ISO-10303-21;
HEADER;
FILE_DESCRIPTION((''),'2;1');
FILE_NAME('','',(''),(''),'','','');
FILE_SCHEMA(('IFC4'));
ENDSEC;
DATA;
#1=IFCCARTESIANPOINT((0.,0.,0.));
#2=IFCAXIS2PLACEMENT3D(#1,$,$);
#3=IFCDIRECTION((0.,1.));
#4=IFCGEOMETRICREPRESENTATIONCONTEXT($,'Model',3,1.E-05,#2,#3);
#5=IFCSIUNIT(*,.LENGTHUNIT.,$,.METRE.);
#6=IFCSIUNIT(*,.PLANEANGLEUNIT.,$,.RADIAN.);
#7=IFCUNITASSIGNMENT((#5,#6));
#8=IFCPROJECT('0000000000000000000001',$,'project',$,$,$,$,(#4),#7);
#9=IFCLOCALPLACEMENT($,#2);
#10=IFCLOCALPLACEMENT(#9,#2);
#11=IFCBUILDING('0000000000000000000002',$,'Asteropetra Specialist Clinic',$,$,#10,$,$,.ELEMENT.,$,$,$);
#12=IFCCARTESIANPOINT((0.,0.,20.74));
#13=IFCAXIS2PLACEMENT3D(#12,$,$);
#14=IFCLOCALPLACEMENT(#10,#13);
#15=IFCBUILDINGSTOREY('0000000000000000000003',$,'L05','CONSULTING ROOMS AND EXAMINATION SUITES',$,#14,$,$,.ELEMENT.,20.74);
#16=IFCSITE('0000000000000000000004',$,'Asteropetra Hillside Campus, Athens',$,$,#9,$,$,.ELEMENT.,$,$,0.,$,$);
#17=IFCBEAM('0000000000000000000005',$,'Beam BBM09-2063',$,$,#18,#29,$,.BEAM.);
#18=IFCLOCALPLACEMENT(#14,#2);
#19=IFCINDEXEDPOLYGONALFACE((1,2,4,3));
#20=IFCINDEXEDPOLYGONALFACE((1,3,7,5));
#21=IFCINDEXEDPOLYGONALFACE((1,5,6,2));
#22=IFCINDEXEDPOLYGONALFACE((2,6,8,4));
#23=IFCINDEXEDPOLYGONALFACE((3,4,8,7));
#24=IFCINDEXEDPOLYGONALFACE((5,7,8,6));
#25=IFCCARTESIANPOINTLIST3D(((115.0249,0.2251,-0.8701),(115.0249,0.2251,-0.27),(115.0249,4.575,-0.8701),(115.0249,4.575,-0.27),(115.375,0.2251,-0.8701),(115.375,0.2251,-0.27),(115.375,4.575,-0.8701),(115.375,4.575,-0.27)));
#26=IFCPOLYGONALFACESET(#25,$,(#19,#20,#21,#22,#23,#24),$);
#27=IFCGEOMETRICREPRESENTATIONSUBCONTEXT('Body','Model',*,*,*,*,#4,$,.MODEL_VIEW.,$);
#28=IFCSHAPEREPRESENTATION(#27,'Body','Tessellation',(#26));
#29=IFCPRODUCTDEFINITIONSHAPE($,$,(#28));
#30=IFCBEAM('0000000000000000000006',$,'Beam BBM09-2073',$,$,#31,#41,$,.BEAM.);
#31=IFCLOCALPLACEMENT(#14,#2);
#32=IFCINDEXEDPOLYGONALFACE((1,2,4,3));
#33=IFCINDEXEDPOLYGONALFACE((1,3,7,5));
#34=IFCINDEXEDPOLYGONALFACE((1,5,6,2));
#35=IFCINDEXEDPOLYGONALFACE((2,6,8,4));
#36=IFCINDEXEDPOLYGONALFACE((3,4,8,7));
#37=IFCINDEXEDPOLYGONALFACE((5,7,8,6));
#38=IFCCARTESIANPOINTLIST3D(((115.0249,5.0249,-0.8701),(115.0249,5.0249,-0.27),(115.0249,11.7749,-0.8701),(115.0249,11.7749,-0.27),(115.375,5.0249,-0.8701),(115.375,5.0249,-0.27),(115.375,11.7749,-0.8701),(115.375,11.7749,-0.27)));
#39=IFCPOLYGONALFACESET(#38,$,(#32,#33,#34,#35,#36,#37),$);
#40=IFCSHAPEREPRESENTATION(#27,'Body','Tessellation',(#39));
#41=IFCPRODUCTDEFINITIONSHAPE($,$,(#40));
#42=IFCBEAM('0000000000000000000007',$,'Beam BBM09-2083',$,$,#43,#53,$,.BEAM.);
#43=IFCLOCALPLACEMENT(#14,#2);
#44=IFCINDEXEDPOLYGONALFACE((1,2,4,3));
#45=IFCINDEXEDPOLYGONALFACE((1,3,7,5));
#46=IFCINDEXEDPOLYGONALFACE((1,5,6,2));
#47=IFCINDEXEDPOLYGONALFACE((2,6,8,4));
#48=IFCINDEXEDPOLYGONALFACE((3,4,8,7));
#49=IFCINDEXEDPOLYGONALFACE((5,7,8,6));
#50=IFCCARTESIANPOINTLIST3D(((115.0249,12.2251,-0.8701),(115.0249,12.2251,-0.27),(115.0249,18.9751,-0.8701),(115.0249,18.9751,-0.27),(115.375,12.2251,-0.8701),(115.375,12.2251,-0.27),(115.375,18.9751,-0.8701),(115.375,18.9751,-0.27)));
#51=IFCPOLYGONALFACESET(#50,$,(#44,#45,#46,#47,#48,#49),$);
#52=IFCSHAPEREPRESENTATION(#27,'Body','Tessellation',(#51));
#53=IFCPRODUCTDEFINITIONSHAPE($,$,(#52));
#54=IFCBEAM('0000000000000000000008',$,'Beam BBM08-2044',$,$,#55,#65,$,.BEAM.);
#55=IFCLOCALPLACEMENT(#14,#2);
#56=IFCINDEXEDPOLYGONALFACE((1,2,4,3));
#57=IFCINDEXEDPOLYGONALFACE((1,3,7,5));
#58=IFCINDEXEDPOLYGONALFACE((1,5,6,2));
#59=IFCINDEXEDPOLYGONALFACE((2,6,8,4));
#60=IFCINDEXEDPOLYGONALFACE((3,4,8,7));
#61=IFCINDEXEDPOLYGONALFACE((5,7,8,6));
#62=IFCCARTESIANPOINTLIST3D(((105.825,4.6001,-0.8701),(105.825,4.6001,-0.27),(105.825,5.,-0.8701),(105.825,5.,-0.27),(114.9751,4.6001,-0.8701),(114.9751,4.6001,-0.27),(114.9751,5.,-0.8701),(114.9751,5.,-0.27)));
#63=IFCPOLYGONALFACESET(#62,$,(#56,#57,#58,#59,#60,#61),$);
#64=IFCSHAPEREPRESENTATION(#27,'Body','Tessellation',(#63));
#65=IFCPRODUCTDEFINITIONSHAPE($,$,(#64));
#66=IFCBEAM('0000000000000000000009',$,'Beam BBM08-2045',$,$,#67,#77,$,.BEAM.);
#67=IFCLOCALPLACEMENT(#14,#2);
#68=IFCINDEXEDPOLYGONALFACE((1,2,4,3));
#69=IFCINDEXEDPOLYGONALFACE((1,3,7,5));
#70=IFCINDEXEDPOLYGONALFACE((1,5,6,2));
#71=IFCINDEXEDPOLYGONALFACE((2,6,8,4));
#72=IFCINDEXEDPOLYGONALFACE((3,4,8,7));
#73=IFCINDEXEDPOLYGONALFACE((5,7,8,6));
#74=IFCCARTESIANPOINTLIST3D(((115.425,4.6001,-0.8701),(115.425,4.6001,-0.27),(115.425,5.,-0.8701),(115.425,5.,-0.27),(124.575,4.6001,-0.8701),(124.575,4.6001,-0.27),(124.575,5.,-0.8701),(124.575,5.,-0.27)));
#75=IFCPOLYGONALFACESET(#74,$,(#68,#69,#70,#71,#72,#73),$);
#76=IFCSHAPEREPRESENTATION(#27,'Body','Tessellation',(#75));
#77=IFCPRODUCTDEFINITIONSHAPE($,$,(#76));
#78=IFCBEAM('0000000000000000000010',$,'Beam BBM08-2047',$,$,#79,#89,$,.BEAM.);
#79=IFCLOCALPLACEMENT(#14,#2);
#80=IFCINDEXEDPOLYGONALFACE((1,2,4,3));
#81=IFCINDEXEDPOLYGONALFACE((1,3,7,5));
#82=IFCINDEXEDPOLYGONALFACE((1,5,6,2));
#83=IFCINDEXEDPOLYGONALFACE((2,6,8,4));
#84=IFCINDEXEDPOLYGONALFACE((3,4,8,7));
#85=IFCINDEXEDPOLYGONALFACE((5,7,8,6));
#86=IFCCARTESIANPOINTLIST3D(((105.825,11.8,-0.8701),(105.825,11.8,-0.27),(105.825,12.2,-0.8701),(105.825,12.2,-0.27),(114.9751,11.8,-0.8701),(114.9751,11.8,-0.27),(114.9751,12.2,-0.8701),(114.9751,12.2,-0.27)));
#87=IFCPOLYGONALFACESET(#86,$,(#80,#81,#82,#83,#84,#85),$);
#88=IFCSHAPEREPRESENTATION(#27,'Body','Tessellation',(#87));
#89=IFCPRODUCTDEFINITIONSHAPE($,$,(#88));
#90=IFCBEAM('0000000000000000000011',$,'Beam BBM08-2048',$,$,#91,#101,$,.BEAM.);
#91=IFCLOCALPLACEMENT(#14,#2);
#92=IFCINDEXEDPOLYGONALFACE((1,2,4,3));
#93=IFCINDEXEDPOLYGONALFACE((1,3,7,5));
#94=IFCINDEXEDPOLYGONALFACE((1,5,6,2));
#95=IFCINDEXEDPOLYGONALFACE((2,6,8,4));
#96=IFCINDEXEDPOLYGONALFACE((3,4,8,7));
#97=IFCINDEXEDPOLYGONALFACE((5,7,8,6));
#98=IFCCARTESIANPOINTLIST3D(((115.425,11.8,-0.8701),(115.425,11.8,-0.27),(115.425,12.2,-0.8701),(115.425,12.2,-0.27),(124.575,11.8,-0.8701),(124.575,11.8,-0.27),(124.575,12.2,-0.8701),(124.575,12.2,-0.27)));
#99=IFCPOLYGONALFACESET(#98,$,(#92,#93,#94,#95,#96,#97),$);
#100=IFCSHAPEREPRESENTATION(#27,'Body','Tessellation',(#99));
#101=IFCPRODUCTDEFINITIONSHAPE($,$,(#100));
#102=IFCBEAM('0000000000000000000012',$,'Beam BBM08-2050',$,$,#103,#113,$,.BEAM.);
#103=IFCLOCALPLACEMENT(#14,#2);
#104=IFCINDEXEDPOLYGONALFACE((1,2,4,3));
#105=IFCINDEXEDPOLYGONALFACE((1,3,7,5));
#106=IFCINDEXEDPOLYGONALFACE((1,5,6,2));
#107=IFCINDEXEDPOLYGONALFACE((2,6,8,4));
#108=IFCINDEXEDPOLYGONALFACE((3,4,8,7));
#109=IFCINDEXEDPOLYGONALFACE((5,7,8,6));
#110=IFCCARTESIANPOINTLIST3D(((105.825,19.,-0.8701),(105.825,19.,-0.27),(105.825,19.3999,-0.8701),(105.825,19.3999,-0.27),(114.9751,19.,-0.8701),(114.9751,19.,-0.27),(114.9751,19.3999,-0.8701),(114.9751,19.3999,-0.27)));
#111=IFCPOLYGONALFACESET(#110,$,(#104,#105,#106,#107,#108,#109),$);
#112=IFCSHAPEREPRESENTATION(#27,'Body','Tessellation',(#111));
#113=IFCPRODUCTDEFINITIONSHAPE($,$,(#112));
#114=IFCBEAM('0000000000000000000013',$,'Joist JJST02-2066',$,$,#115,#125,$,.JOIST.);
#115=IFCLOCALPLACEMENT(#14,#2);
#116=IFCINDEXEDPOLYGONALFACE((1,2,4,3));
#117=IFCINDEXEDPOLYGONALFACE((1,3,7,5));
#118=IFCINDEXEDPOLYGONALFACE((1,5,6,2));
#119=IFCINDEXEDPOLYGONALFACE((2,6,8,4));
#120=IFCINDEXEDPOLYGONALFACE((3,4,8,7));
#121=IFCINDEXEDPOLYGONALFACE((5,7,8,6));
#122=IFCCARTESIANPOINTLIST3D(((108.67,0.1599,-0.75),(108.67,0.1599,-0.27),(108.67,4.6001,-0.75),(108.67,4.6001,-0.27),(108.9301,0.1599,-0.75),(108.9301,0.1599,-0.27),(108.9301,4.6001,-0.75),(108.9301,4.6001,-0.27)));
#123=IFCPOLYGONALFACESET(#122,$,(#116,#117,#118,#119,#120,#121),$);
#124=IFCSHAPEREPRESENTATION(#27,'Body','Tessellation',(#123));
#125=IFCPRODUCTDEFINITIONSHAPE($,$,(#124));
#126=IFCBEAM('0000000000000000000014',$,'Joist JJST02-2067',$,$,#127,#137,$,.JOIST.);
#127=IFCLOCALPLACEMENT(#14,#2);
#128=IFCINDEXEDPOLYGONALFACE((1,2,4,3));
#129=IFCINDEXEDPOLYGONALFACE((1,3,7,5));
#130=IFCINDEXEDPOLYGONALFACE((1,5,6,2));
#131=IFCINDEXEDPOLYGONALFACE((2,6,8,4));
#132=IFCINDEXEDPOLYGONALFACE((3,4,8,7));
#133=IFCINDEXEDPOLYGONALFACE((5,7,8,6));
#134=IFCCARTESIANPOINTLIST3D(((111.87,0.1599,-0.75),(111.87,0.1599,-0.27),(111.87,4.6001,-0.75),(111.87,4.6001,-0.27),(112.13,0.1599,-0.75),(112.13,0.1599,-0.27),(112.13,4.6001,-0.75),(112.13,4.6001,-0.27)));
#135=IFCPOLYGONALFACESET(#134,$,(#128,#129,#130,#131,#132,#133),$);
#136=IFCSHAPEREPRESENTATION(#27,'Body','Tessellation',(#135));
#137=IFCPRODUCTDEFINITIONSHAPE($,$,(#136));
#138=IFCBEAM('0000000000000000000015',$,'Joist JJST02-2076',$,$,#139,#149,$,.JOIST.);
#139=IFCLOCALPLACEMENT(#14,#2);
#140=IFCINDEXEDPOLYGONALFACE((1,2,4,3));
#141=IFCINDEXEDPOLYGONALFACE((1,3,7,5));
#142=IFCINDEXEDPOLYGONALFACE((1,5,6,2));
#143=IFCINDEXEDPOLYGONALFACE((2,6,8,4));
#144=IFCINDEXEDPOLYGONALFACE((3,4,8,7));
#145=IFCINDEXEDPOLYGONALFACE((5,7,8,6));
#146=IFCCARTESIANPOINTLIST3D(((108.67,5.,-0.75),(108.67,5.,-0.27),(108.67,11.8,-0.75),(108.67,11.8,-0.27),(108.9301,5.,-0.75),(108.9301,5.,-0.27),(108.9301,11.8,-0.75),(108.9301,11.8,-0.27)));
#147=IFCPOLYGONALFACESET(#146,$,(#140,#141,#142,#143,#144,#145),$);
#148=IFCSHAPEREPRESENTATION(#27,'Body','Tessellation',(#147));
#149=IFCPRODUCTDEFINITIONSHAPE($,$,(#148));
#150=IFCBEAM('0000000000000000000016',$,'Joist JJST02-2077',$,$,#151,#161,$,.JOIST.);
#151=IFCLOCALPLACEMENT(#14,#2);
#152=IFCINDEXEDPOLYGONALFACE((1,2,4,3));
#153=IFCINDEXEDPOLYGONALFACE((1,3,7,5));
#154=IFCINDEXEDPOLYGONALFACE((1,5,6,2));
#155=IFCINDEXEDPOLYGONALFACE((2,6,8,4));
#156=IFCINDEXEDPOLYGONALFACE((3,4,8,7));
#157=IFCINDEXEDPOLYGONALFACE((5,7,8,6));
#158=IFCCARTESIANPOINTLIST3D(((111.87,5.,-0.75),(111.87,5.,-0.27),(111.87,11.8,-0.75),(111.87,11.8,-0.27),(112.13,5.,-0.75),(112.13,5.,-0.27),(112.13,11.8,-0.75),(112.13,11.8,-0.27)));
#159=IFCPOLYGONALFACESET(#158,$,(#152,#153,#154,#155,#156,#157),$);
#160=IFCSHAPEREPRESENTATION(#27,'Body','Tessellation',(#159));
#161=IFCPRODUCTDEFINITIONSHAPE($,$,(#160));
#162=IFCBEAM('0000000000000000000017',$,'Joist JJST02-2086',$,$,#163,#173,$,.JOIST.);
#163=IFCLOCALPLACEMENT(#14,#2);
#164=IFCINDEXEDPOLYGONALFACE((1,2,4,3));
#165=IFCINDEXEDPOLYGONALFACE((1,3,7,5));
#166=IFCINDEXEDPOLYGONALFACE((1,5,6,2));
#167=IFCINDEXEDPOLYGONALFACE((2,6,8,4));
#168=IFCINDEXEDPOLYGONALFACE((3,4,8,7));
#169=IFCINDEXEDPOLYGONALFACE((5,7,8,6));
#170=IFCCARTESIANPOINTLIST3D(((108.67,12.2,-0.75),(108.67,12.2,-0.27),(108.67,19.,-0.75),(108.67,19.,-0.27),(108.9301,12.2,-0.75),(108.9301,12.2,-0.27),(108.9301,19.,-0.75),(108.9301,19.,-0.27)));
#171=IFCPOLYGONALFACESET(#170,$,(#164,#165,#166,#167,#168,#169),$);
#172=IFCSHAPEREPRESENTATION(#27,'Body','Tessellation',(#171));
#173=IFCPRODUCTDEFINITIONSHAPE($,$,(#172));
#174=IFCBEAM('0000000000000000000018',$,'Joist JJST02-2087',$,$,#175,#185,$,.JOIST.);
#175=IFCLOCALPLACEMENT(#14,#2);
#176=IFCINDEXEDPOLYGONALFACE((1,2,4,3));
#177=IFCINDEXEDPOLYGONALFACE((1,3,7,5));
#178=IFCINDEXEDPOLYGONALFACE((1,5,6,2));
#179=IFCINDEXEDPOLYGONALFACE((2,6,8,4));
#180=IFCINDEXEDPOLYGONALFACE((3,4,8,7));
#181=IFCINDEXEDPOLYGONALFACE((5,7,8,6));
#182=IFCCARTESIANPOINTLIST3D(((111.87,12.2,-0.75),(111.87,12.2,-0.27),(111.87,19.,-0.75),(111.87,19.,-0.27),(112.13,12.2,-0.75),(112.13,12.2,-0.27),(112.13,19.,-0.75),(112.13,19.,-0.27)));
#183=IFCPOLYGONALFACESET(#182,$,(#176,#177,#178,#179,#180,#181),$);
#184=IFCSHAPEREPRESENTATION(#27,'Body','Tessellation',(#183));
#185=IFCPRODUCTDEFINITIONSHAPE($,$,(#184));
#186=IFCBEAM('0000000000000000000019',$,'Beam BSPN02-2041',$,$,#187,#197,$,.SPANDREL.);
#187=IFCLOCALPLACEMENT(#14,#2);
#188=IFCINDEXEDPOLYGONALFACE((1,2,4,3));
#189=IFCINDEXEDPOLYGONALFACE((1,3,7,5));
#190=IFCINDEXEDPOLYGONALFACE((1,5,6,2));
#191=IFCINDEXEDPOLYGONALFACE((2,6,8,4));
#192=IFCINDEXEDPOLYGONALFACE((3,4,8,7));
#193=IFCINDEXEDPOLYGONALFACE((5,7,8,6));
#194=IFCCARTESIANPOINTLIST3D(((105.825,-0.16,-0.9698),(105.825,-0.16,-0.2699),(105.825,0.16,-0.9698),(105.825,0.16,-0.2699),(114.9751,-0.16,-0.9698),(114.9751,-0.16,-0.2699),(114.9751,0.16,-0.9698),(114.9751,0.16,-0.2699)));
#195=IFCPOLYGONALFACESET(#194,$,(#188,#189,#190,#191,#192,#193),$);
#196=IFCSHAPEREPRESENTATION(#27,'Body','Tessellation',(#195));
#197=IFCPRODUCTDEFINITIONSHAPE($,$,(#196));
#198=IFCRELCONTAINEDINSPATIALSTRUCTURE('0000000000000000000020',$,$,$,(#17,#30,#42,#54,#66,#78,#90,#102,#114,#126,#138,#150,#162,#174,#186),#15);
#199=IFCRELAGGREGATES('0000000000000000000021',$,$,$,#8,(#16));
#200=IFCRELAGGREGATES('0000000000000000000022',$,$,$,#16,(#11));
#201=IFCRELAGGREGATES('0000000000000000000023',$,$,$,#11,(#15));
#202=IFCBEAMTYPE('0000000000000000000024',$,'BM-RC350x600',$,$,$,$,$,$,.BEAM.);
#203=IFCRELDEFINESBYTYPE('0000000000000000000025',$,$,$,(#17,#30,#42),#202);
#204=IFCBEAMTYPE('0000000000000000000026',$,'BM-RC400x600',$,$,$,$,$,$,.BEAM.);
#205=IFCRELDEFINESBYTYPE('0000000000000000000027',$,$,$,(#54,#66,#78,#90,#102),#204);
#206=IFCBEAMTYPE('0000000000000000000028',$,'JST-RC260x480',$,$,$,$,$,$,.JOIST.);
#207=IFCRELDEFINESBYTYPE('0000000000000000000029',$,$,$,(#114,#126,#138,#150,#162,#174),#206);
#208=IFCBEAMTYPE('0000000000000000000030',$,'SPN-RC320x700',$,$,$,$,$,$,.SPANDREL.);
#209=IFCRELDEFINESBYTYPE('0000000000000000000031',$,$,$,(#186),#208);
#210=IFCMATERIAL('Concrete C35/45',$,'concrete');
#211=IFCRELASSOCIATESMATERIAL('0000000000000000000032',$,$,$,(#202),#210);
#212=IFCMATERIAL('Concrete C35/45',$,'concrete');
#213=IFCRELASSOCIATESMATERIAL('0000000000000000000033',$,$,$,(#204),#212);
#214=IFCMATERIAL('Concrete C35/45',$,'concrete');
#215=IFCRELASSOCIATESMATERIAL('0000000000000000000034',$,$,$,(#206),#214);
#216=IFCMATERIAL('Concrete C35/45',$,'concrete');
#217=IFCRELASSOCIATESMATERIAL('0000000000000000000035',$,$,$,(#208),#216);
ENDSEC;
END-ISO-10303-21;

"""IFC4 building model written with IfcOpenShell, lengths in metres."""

from ifc_helpers import new_model, si_unit, direction, frame, origin, origin_2d, place, context, subcontext, project, spatial, rectangle, extrude, material, material_profile, profile_set, type_object, element, save


model = new_model("IFC4")

# Units and contexts
model_context = context("Model", 3, precision=1e-05, world=origin(), true_north=direction((0.0, 1.0)))
body_context = subcontext(model_context, "Body", "Model", "MODEL_VIEW")
ifc_project = project(units=[si_unit("LENGTHUNIT", "METRE"), si_unit("PLANEANGLEUNIT", "RADIAN")], contexts=[model_context])

# Site, building, storey
site_placement = place(None, origin())
site = spatial("IfcSite", under=ifc_project, at=site_placement, Name="Asteropetra Hillside Campus, Athens", CompositionType="ELEMENT", RefElevation=0.0)
building_placement = place(site_placement, origin())
building = spatial("IfcBuilding", under=site, at=building_placement, Name="Asteropetra Specialist Clinic", CompositionType="ELEMENT")
storey_placement = place(building_placement, frame((0.0, 0.0, 20.74)))
storey = spatial("IfcBuildingStorey", under=building, at=storey_placement, Name="L05", Description="CONSULTING ROOMS AND EXAMINATION SUITES", CompositionType="ELEMENT", Elevation=20.74)

# Beams
ifc_material_1 = material(Name="Concrete C35/45", Category="concrete")
ifc_material_profile_1 = material_profile(ifc_material_1, rectangle(XDim=0.3501, YDim=0.6001, at=origin_2d()), Name="RCB 350x600")
ifc_profile_set_1 = profile_set([ifc_material_profile_1], Name="Concrete C35/45")
beam_type_1 = type_object("IfcBeamType", Name="BM-RC350x600", PredefinedType="BEAM", material=ifc_profile_set_1)
beam_1_placement = place(storey_placement, frame((115.2, 0.2251, -0.5701), z_axis=(0.0, 1.0, 0.0), x_axis=(-1.0, 0.0, 0.0)))
element("IfcBeam", 1, at=beam_1_placement, inside=storey, type_object=beam_type_1, Name="Beam BBM09-2063", PredefinedType="BEAM", context=body_context, shape_type="SweptSolid", body=[
    extrude(rectangle(XDim=0.3501, YDim=0.6001, at=origin_2d()), origin(), (0.0, 0.0, 1.0), 4.3499),
])
for number, where, z_axis, x_axis, name in (
    (2, (115.2, 5.0249, -0.5701), (0.0, 1.0, 0.0), (-1.0, 0.0, 0.0), "Beam BBM09-2073"),
    (3, (115.2, 12.2251, -0.5701), (0.0, 1.0, 0.0), (-1.0, 0.0, 0.0), "Beam BBM09-2083"),
):
    element("IfcBeam", number, at=place(storey_placement, frame(where, z_axis=z_axis, x_axis=x_axis)), inside=storey, type_object=beam_type_1, Name=name, PredefinedType="BEAM", context=body_context, shape_type="SweptSolid", body=[
        extrude(rectangle(XDim=0.3501, YDim=0.6001, at=origin_2d()), origin(), (0.0, 0.0, 1.0), 6.75),
    ])
ifc_material_2 = material(Name="Concrete C35/45", Category="concrete")
ifc_material_profile_2 = material_profile(ifc_material_2, rectangle(XDim=0.3999, YDim=0.6001, at=origin_2d()), Name="RCB 400x600")
ifc_profile_set_2 = profile_set([ifc_material_profile_2], Name="Concrete C35/45")
beam_type_2 = type_object("IfcBeamType", Name="BM-RC400x600", PredefinedType="BEAM", material=ifc_profile_set_2)
beam_2_placement = place(storey_placement, frame((105.825, 4.8, -0.5701), z_axis=(1.0, 0.0, 0.0), x_axis=(0.0, 1.0, 0.0)))
element("IfcBeam", 4, at=beam_2_placement, inside=storey, type_object=beam_type_2, Name="Beam BBM08-2044", PredefinedType="BEAM", context=body_context, shape_type="SweptSolid", body=[
    extrude(rectangle(XDim=0.3999, YDim=0.6001, at=origin_2d()), origin(), (0.0, 0.0, 1.0), 9.1501),
])
beam_3_placement = place(storey_placement, frame((115.425, 4.8, -0.5701), z_axis=(1.0, 0.0, 0.0), x_axis=(0.0, 1.0, 0.0)))
element("IfcBeam", 5, at=beam_3_placement, inside=storey, type_object=beam_type_2, Name="Beam BBM08-2045", PredefinedType="BEAM", context=body_context, shape_type="SweptSolid", body=[
    extrude(rectangle(XDim=0.3999, YDim=0.6001, at=origin_2d()), origin(), (0.0, 0.0, 1.0), 9.1499),
])
beam_4_placement = place(storey_placement, frame((105.825, 12.0, -0.5701), z_axis=(1.0, 0.0, 0.0), x_axis=(0.0, 1.0, 0.0)))
element("IfcBeam", 6, at=beam_4_placement, inside=storey, type_object=beam_type_2, Name="Beam BBM08-2047", PredefinedType="BEAM", context=body_context, shape_type="SweptSolid", body=[
    extrude(rectangle(XDim=0.3999, YDim=0.6001, at=origin_2d()), origin(), (0.0, 0.0, 1.0), 9.1501),
])
beam_5_placement = place(storey_placement, frame((115.425, 12.0, -0.5701), z_axis=(1.0, 0.0, 0.0), x_axis=(0.0, 1.0, 0.0)))
element("IfcBeam", 7, at=beam_5_placement, inside=storey, type_object=beam_type_2, Name="Beam BBM08-2048", PredefinedType="BEAM", context=body_context, shape_type="SweptSolid", body=[
    extrude(rectangle(XDim=0.3999, YDim=0.6001, at=origin_2d()), origin(), (0.0, 0.0, 1.0), 9.1499),
])
beam_6_placement = place(storey_placement, frame((105.825, 19.2, -0.5701), z_axis=(1.0, 0.0, 0.0), x_axis=(0.0, 1.0, 0.0)))
element("IfcBeam", 8, at=beam_6_placement, inside=storey, type_object=beam_type_2, Name="Beam BBM08-2050", PredefinedType="BEAM", context=body_context, shape_type="SweptSolid", body=[
    extrude(rectangle(XDim=0.3999, YDim=0.6001, at=origin_2d()), origin(), (0.0, 0.0, 1.0), 9.1501),
])
ifc_material_3 = material(Name="Concrete C35/45", Category="concrete")
ifc_material_profile_3 = material_profile(ifc_material_3, rectangle(XDim=0.26, YDim=0.48, at=origin_2d()), Name="RCJ 260x480")
ifc_profile_set_3 = profile_set([ifc_material_profile_3], Name="Concrete C35/45")
beam_type_3 = type_object("IfcBeamType", Name="JST-RC260x480", PredefinedType="JOIST", material=ifc_profile_set_3)
for number, where, z_axis, x_axis, name in (
    (9, (108.8, 0.1599, -0.51), (0.0, 1.0, 0.0), (-1.0, 0.0, 0.0), "Joist JJST02-2066"),
    (10, (112.0, 0.1599, -0.51), (0.0, 1.0, 0.0), (-1.0, 0.0, 0.0), "Joist JJST02-2067"),
):
    element("IfcBeam", number, at=place(storey_placement, frame(where, z_axis=z_axis, x_axis=x_axis)), inside=storey, type_object=beam_type_3, Name=name, PredefinedType="JOIST", context=body_context, shape_type="SweptSolid", body=[
        extrude(rectangle(XDim=0.26, YDim=0.48, at=origin_2d()), origin(), (0.0, 0.0, 1.0), 4.4402),
    ])
for number, where, z_axis, x_axis, name in (
    (11, (108.8, 5.0, -0.51), (0.0, 1.0, 0.0), (-1.0, 0.0, 0.0), "Joist JJST02-2076"),
    (12, (112.0, 5.0, -0.51), (0.0, 1.0, 0.0), (-1.0, 0.0, 0.0), "Joist JJST02-2077"),
    (13, (108.8, 12.2, -0.51), (0.0, 1.0, 0.0), (-1.0, 0.0, 0.0), "Joist JJST02-2086"),
    (14, (112.0, 12.2, -0.51), (0.0, 1.0, 0.0), (-1.0, 0.0, 0.0), "Joist JJST02-2087"),
):
    element("IfcBeam", number, at=place(storey_placement, frame(where, z_axis=z_axis, x_axis=x_axis)), inside=storey, type_object=beam_type_3, Name=name, PredefinedType="JOIST", context=body_context, shape_type="SweptSolid", body=[
        extrude(rectangle(XDim=0.26, YDim=0.48, at=origin_2d()), origin(), (0.0, 0.0, 1.0), 6.8),
    ])
ifc_material_4 = material(Name="Concrete C35/45", Category="concrete")
ifc_material_profile_4 = material_profile(ifc_material_4, rectangle(XDim=0.3201, YDim=0.7, at=origin_2d()), Name="RCS 320x700")
ifc_profile_set_4 = profile_set([ifc_material_profile_4], Name="Concrete C35/45")
beam_type_4 = type_object("IfcBeamType", Name="SPN-RC320x700", PredefinedType="SPANDREL", material=ifc_profile_set_4)
beam_7_placement = place(storey_placement, frame((105.825, 0.0, -0.6199), z_axis=(1.0, 0.0, 0.0), x_axis=(0.0, 1.0, 0.0)))
element("IfcBeam", 15, at=beam_7_placement, inside=storey, type_object=beam_type_4, Name="Beam BSPN02-2041", PredefinedType="SPANDREL", context=body_context, shape_type="SweptSolid", body=[
    extrude(rectangle(XDim=0.3201, YDim=0.7, at=origin_2d()), origin(), (0.0, 0.0, 1.0), 9.1501),
])

save(model, "model.ifc")
